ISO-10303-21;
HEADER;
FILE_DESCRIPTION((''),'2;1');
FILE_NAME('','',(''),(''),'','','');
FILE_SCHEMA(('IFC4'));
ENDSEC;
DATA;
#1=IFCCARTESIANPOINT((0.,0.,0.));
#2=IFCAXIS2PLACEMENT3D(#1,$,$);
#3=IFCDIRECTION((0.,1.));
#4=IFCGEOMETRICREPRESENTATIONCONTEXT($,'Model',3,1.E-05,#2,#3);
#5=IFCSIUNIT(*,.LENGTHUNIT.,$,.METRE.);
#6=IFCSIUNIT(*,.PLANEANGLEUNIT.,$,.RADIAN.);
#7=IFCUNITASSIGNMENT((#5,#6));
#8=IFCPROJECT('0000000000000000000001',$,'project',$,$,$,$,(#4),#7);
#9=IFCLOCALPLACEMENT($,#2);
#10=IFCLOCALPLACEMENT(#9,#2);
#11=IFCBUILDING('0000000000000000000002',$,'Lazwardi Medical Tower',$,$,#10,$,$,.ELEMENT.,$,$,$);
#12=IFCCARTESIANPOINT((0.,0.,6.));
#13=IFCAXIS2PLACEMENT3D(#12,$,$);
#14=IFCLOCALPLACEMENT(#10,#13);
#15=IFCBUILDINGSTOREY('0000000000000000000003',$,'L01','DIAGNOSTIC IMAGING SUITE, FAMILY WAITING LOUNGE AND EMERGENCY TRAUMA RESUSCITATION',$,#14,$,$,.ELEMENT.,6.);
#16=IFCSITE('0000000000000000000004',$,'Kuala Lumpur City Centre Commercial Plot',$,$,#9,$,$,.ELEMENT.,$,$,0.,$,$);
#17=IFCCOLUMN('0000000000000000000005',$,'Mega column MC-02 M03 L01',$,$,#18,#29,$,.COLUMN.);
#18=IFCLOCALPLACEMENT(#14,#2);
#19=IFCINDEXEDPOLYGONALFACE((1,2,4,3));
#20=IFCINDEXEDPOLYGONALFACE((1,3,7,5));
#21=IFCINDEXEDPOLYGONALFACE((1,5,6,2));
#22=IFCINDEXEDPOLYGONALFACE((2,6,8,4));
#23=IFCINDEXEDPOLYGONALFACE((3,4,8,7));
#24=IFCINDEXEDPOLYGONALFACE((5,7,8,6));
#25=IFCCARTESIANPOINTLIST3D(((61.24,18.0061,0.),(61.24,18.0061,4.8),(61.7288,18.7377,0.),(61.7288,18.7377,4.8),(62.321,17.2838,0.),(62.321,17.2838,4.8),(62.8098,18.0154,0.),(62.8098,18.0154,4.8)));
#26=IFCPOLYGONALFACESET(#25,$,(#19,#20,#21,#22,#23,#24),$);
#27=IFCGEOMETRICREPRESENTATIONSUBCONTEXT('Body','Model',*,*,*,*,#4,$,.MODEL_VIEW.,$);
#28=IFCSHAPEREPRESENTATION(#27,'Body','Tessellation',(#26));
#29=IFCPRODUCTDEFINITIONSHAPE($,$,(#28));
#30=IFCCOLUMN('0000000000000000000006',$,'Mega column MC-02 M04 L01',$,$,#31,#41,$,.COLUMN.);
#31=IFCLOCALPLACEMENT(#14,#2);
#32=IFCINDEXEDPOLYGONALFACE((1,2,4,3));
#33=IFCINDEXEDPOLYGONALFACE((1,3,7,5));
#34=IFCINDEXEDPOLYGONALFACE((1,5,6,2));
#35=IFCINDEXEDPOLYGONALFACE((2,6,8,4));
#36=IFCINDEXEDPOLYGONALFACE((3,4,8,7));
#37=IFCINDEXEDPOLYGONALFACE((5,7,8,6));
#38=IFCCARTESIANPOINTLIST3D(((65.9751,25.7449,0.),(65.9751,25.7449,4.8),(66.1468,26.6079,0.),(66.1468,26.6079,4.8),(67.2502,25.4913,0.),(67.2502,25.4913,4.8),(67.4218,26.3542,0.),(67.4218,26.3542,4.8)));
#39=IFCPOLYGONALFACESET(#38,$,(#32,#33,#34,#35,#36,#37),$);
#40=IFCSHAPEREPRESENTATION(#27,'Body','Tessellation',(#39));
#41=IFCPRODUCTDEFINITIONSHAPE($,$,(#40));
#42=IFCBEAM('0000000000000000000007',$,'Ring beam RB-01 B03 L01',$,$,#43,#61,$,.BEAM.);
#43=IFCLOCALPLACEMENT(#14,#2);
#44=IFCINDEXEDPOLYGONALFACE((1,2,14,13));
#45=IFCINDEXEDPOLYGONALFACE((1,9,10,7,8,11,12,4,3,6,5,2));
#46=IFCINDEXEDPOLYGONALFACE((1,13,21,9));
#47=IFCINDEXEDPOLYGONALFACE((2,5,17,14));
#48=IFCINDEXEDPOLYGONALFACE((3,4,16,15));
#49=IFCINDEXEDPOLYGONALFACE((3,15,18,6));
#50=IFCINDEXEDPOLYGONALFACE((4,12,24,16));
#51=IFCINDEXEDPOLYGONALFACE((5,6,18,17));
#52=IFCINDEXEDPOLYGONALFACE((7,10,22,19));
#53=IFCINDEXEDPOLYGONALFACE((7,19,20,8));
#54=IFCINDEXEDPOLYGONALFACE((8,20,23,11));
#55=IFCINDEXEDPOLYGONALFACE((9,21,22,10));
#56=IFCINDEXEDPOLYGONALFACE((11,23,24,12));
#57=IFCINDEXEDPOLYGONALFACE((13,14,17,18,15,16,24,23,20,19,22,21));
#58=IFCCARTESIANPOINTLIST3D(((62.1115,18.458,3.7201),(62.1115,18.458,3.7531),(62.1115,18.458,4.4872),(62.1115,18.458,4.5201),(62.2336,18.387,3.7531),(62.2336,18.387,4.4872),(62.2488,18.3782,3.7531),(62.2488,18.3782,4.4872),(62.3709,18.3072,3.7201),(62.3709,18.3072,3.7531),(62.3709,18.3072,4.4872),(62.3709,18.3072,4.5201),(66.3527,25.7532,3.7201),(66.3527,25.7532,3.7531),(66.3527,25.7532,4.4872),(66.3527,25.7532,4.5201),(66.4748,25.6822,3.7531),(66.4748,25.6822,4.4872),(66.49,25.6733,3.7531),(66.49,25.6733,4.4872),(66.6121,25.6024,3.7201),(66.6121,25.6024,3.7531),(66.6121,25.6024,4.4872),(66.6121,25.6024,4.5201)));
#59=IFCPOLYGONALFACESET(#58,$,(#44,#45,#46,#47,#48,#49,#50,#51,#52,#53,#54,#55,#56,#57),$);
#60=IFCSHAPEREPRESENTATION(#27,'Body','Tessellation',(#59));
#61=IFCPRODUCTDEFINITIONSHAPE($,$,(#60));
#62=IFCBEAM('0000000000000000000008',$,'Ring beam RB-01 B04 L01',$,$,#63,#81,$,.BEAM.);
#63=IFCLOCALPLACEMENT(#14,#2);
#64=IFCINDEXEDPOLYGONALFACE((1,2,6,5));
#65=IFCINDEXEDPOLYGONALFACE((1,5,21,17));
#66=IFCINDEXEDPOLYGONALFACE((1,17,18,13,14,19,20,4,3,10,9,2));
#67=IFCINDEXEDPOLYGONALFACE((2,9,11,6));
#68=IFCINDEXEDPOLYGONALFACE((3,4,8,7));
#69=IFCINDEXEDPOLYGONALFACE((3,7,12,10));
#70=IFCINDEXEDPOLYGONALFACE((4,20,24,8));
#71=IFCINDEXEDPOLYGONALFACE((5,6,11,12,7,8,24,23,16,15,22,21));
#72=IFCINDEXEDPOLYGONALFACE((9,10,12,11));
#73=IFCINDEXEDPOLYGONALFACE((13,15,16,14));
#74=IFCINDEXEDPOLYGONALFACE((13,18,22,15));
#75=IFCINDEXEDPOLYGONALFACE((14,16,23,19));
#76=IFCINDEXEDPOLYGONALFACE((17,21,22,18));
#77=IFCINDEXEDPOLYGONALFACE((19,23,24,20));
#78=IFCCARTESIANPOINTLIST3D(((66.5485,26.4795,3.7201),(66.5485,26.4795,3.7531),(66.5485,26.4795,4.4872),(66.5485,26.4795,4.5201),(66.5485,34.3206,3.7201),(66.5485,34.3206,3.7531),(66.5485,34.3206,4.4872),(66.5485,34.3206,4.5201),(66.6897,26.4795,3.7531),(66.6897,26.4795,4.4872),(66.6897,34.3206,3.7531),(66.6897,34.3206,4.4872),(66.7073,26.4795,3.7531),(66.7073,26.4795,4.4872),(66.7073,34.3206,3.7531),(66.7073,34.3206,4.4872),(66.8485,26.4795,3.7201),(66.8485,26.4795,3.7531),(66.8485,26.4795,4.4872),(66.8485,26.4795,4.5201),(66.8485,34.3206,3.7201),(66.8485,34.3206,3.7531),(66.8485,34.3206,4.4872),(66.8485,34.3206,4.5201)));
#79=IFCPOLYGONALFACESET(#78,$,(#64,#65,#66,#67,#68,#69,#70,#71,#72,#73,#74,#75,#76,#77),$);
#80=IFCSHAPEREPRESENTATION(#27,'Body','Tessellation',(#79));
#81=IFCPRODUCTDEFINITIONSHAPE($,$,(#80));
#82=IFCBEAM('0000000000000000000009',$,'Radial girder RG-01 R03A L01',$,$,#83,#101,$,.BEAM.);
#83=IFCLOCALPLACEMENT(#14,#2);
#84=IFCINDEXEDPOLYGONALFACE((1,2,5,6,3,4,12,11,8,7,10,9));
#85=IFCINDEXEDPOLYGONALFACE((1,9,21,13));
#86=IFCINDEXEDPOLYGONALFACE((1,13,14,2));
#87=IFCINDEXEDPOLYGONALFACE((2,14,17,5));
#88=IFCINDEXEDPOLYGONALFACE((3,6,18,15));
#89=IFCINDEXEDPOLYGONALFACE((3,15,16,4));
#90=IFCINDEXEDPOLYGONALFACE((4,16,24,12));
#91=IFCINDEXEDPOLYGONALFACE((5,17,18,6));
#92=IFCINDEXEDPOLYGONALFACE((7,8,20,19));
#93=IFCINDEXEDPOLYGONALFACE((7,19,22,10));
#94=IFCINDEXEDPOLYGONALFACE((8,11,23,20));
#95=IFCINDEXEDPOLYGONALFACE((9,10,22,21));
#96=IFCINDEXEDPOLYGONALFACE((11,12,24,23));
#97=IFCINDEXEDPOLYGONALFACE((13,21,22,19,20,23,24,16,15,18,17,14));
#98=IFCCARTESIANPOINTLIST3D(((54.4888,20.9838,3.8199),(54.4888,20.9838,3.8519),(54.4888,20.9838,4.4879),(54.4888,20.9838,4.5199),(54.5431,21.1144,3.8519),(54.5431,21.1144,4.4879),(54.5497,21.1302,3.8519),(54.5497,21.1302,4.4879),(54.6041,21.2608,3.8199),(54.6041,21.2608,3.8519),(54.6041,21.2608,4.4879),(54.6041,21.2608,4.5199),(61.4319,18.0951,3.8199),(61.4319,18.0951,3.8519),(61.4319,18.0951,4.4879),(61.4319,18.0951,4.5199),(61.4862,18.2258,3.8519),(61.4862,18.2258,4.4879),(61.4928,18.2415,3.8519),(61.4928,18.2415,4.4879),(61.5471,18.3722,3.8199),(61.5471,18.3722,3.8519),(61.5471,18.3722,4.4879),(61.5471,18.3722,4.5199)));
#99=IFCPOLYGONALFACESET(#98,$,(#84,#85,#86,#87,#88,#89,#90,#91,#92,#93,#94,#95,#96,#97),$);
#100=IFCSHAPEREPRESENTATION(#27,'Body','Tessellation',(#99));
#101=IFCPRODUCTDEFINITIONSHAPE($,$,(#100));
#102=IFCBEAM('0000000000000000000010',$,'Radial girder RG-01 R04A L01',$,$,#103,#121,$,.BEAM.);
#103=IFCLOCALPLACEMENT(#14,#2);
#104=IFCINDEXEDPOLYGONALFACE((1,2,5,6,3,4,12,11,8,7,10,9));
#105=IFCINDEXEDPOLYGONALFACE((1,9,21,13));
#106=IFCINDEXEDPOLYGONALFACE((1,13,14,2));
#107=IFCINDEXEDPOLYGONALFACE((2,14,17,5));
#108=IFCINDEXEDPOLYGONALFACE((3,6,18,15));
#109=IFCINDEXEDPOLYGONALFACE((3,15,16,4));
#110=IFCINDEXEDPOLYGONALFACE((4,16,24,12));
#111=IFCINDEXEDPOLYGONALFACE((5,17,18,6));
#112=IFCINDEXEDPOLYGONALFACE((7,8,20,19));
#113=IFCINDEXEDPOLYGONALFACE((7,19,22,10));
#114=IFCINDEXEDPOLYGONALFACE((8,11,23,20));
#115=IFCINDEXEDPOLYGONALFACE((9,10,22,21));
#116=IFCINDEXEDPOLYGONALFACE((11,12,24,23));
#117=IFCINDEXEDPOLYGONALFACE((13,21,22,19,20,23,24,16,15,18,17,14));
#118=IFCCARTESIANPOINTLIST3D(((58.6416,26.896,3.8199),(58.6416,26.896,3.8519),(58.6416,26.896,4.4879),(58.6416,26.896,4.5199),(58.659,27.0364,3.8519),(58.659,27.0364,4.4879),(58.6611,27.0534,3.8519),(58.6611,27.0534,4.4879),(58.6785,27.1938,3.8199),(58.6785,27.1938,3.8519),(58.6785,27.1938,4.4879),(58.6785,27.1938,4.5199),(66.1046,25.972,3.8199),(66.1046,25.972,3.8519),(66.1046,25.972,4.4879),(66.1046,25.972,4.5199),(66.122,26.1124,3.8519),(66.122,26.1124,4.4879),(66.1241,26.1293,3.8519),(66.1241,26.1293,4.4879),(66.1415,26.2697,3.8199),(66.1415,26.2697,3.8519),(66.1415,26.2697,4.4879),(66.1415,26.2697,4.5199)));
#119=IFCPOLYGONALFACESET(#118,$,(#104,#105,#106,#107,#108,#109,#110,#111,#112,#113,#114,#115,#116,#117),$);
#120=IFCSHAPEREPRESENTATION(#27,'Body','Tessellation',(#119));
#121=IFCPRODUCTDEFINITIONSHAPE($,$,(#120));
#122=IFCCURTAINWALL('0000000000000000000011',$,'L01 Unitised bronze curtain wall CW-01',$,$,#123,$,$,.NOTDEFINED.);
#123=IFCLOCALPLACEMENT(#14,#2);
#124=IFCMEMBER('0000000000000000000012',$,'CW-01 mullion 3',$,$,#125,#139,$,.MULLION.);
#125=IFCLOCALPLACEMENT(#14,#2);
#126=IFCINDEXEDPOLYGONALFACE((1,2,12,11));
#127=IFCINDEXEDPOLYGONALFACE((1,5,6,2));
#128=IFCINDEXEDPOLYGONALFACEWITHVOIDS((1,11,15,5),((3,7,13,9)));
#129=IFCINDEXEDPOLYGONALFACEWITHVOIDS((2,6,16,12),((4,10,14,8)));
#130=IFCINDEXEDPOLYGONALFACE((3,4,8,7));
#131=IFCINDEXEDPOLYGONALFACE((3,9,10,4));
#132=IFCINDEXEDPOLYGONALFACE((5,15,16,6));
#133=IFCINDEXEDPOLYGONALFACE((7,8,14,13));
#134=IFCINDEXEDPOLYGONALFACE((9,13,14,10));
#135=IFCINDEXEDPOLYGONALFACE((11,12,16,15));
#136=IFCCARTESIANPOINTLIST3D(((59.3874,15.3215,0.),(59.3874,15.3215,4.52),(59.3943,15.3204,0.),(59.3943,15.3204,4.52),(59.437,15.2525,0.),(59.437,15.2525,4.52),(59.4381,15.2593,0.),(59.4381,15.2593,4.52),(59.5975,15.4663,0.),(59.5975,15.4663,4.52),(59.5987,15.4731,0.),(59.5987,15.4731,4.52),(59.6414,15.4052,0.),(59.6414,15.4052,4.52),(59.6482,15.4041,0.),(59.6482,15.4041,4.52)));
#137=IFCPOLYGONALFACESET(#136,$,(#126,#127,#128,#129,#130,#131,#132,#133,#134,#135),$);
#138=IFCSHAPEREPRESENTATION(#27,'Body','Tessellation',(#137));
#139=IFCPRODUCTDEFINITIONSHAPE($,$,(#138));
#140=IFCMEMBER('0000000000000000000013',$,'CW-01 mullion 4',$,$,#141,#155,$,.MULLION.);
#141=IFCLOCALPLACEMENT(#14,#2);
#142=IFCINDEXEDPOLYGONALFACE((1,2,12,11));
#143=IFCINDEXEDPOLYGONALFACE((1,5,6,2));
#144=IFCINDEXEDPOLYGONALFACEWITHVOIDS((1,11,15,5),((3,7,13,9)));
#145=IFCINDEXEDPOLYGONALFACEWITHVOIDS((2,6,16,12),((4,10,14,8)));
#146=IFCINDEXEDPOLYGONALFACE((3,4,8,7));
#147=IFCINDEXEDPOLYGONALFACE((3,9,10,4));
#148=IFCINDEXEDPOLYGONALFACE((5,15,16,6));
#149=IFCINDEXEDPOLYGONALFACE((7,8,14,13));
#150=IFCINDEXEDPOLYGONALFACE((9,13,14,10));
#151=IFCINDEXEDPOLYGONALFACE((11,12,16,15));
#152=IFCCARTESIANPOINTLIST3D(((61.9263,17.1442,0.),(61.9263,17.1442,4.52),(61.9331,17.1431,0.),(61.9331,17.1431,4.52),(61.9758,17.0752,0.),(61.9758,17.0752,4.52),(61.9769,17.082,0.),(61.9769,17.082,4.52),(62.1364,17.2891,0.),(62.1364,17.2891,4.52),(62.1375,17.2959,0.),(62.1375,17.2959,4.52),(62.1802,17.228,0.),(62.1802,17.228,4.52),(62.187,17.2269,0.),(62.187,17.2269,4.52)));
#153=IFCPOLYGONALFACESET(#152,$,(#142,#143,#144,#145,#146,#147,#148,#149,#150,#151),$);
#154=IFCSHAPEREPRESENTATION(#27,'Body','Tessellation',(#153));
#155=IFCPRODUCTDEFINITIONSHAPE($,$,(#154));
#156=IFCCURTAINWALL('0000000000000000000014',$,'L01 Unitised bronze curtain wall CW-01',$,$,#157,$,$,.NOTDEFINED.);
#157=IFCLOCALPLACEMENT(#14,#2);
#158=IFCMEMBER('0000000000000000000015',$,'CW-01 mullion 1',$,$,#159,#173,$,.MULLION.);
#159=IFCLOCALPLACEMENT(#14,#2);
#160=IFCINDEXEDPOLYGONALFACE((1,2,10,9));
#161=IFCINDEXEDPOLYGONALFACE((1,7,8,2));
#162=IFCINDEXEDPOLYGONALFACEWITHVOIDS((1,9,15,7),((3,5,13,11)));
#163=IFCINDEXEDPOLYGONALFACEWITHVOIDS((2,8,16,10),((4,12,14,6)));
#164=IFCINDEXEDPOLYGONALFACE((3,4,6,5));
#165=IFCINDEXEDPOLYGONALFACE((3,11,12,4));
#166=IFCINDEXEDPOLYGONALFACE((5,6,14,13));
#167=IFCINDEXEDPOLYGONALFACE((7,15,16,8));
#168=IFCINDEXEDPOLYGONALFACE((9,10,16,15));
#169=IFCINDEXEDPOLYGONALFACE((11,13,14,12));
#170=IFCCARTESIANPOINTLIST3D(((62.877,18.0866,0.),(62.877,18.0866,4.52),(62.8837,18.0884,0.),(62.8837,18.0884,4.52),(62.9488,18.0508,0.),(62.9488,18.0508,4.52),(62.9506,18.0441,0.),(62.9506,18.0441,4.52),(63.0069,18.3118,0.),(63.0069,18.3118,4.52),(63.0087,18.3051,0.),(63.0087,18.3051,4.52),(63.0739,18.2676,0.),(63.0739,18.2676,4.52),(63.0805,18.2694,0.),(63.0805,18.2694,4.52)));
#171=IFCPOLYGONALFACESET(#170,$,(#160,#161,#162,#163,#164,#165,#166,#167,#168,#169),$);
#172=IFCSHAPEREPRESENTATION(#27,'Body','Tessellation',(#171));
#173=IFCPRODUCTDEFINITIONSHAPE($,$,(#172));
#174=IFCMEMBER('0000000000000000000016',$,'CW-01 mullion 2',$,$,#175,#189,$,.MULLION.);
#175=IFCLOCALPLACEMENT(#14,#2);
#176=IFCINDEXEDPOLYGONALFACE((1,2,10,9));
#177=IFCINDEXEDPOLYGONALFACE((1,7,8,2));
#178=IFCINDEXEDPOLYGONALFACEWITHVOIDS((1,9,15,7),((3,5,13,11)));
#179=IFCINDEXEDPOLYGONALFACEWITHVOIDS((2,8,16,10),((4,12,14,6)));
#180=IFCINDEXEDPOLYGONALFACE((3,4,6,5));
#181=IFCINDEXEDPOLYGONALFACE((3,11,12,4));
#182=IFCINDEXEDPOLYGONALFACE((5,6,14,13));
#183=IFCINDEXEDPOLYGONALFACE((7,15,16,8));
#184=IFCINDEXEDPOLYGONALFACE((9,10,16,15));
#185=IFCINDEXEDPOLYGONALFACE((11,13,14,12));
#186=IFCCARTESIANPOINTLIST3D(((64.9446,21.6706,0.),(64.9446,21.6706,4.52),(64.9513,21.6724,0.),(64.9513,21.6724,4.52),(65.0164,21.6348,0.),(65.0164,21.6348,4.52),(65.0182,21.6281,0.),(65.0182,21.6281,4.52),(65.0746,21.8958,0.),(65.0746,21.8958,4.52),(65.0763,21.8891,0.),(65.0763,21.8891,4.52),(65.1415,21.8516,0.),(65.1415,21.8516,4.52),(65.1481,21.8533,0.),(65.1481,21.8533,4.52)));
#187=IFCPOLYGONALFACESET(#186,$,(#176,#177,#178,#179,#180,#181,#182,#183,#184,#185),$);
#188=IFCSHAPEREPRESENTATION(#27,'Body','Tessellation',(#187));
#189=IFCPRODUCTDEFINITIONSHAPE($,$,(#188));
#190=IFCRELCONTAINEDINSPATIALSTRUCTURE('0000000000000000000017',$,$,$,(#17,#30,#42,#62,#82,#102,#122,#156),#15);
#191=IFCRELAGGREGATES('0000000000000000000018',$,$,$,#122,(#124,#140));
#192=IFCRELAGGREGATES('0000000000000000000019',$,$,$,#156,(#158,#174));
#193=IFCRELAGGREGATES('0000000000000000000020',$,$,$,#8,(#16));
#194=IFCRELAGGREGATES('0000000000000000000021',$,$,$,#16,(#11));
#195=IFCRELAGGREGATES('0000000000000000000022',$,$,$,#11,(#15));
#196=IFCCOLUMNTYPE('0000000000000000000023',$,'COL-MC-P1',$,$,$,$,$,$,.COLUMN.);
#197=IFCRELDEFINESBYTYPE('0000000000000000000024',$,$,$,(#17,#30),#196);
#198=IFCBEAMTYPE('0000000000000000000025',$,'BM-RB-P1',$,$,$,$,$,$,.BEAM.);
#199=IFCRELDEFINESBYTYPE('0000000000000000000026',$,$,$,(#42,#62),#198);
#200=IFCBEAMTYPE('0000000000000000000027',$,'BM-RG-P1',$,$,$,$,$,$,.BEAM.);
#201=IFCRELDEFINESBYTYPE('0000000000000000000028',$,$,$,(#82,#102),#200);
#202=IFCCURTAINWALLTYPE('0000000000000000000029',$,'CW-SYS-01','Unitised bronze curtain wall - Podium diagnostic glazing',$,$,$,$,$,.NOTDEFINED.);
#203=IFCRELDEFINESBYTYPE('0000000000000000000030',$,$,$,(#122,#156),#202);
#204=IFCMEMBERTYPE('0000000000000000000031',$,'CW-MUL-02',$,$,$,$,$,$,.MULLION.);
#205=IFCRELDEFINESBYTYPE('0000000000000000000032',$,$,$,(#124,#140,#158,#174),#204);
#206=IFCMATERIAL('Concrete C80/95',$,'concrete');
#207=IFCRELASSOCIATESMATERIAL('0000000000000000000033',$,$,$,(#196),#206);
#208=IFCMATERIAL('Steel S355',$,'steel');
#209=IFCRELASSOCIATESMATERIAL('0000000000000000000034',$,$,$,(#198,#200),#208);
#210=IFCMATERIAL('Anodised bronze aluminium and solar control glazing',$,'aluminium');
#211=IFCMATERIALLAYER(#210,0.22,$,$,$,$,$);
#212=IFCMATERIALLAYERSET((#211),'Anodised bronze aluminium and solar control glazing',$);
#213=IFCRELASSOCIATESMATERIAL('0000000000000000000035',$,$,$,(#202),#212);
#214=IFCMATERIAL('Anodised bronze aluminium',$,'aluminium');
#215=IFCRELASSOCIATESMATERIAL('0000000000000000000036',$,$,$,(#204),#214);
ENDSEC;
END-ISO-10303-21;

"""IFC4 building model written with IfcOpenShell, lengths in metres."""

from ifc_helpers import new_model, si_unit, direction, frame, origin, origin_2d, place, context, subcontext, project, spatial, rectangle, hollow_rectangle, i_section, extrude, material, layer, layer_set, material_profile, profile_set, type_object, element, aggregate, save


model = new_model("IFC4")

# Units and contexts
model_context = context("Model", 3, precision=1e-05, world=origin(), true_north=direction((0.0, 1.0)))
body_context = subcontext(model_context, "Body", "Model", "MODEL_VIEW")
ifc_project = project(units=[si_unit("LENGTHUNIT", "METRE"), si_unit("PLANEANGLEUNIT", "RADIAN")], contexts=[model_context])

# Site, building, storey
site_placement = place(None, origin())
site = spatial("IfcSite", under=ifc_project, at=site_placement, Name="Kuala Lumpur City Centre Commercial Plot", CompositionType="ELEMENT", RefElevation=0.0)
building_placement = place(site_placement, origin())
building = spatial("IfcBuilding", under=site, at=building_placement, Name="Lazwardi Medical Tower", CompositionType="ELEMENT")
storey_placement = place(building_placement, frame((0.0, 0.0, 6.0)))
storey = spatial("IfcBuildingStorey", under=building, at=storey_placement, Name="L01", Description="DIAGNOSTIC IMAGING SUITE, FAMILY WAITING LOUNGE AND EMERGENCY TRAUMA RESUSCITATION", CompositionType="ELEMENT", Elevation=6.0)

# Columns
ifc_material_1 = material(Name="Concrete C80/95", Category="concrete")
ifc_material_profile_1 = material_profile(ifc_material_1, rectangle(XDim=1.3, YDim=0.8799, at=origin_2d()), Name="CFT-RECT 1300x880")
ifc_profile_set_1 = profile_set([ifc_material_profile_1], Name="Concrete C80/95")
column_type = type_object("IfcColumnType", Name="COL-MC-P1", PredefinedType="COLUMN", material=ifc_profile_set_1)
for number, where, z_axis, x_axis, name in (
    (1, (62.0249, 18.0107, 0.0), (0.0, 0.0, 1.0), (0.83147, -0.55557, 0.0), "Mega column MC-02 M03 L01"),
    (2, (66.6985, 26.0496, 0.0), (0.0, 0.0, 1.0), (0.980785, -0.19509, 0.0), "Mega column MC-02 M04 L01"),
):
    element("IfcColumn", number, at=place(storey_placement, frame(where, z_axis=z_axis, x_axis=x_axis)), inside=storey, type_object=column_type, Name=name, PredefinedType="COLUMN", context=body_context, shape_type="SweptSolid", body=[
        extrude(rectangle(XDim=1.3, YDim=0.8799, at=origin_2d()), origin(), (0.0, 0.0, 1.0), 4.8),
    ])

# Beams
ifc_material_2 = material(Name="Steel S355", Category="steel")
ifc_material_profile_2 = material_profile(ifc_material_2, i_section(OverallWidth=0.3, OverallDepth=0.8, WebThickness=0.0176, FlangeThickness=0.033, at=origin_2d()), Name="HEB 800")
ifc_profile_set_2 = profile_set([ifc_material_profile_2], Name="Steel S355")
beam_type_1 = type_object("IfcBeamType", Name="BM-RB-P1", PredefinedType="BEAM", material=ifc_profile_set_2)
beam_1_placement = place(storey_placement, frame((62.2412, 18.3826, 4.1201), z_axis=(0.502606, 0.864516, 0.0), x_axis=(-0.864516, 0.502606, 0.0)))
element("IfcBeam", 3, at=beam_1_placement, inside=storey, type_object=beam_type_1, Name="Ring beam RB-01 B03 L01", PredefinedType="BEAM", context=body_context, shape_type="SweptSolid", body=[
    extrude(i_section(OverallWidth=0.3, OverallDepth=0.8, WebThickness=0.0176, FlangeThickness=0.033, at=origin_2d()), origin(), (0.0, 0.0, 1.0), 8.4385),
])
beam_2_placement = place(storey_placement, frame((66.6985, 26.4795, 4.1201), z_axis=(0.0, 1.0, 0.0), x_axis=(-1.0, 0.0, 0.0)))
element("IfcBeam", 4, at=beam_2_placement, inside=storey, type_object=beam_type_1, Name="Ring beam RB-01 B04 L01", PredefinedType="BEAM", context=body_context, shape_type="SweptSolid", body=[
    extrude(i_section(OverallWidth=0.3, OverallDepth=0.8, WebThickness=0.0176, FlangeThickness=0.033, at=origin_2d()), origin(), (0.0, 0.0, 1.0), 7.8411),
])
ifc_material_profile_3 = material_profile(ifc_material_2, i_section(OverallWidth=0.3, OverallDepth=0.7, WebThickness=0.0171, FlangeThickness=0.032, at=origin_2d()), Name="HEB 700")
ifc_profile_set_3 = profile_set([ifc_material_profile_3], Name="Steel S355")
beam_type_2 = type_object("IfcBeamType", Name="BM-RG-P1", PredefinedType="BEAM", material=ifc_profile_set_3)
for number, where, z_axis, x_axis, name in (
    (5, (61.4895, 18.2336, 4.1699), (-0.923279, 0.384129, 0.0), (-0.384129, -0.923279, 0.0), "Radial girder RG-01 R03A L01"),
    (6, (66.123, 26.1208, 4.1699), (-0.992422, 0.12288, 0.0), (-0.12288, -0.992422, 0.0), "Radial girder RG-01 R04A L01"),
):
    element("IfcBeam", number, at=place(storey_placement, frame(where, z_axis=z_axis, x_axis=x_axis)), inside=storey, type_object=beam_type_2, Name=name, PredefinedType="BEAM", context=body_context, shape_type="SweptSolid", body=[
        extrude(i_section(OverallWidth=0.3, OverallDepth=0.7, WebThickness=0.0171, FlangeThickness=0.032, at=origin_2d()), origin(), (0.0, 0.0, 1.0), 7.52),
    ])

# Curtain walls, members
ifc_material_3 = material(Name="Anodised bronze aluminium and solar control glazing", Category="aluminium")
ifc_layer_1 = layer(ifc_material_3, 0.22)
ifc_layer_set_1 = layer_set([ifc_layer_1], Name="Anodised bronze aluminium and solar control glazing")
curtain_wall_type = type_object("IfcCurtainWallType", Name="CW-SYS-01", Description="Unitised bronze curtain wall - Podium diagnostic glazing", PredefinedType="NOTDEFINED", material=ifc_layer_set_1)
curtain_wall_1_placement = place(storey_placement, origin())
curtain_wall_1 = element("IfcCurtainWall", 7, at=curtain_wall_1_placement, inside=storey, type_object=curtain_wall_type, Name="L01 Unitised bronze curtain wall CW-01", PredefinedType="NOTDEFINED")
ifc_material_4 = material(Name="Anodised bronze aluminium", Category="aluminium")
ifc_material_profile_4 = material_profile(ifc_material_4, hollow_rectangle(XDim=0.085, YDim=0.26, WallThickness=0.0049, at=origin_2d()), Name="ALU-MULLION 260x85x5")
ifc_profile_set_4 = profile_set([ifc_material_profile_4], Name="Anodised bronze aluminium")
member_type_1 = type_object("IfcMemberType", Name="CW-MUL-02", PredefinedType="MULLION", material=ifc_profile_set_4)
member_1_placement = place(storey_placement, frame((59.5178, 15.3628, 0.0), z_axis=(0.0, 0.0, 1.0), x_axis=(-0.583214, 0.812318, 0.0)))
member_1 = element("IfcMember", 8, at=member_1_placement, type_object=member_type_1, Name="CW-01 mullion 3", PredefinedType="MULLION", context=body_context, shape_type="SweptSolid", body=[
    extrude(hollow_rectangle(XDim=0.085, YDim=0.26, WallThickness=0.0049, at=origin_2d()), origin(), (0.0, 0.0, 1.0), 4.52),
])
member_2_placement = place(storey_placement, frame((62.0566, 17.1855, 0.0), z_axis=(0.0, 0.0, 1.0), x_axis=(-0.583214, 0.812318, 0.0)))
member_2 = element("IfcMember", 9, at=member_2_placement, type_object=member_type_1, Name="CW-01 mullion 4", PredefinedType="MULLION", context=body_context, shape_type="SweptSolid", body=[
    extrude(hollow_rectangle(XDim=0.085, YDim=0.26, WallThickness=0.0049, at=origin_2d()), origin(), (0.0, 0.0, 1.0), 4.52),
])
curtain_wall_2_placement = place(storey_placement, origin())
curtain_wall_2 = element("IfcCurtainWall", 10, at=curtain_wall_2_placement, inside=storey, type_object=curtain_wall_type, Name="L01 Unitised bronze curtain wall CW-01", PredefinedType="NOTDEFINED")
member_3_placement = place(storey_placement, frame((62.9788, 18.178, 0.0), z_axis=(0.0, 0.0, 1.0), x_axis=(-0.866181, 0.499731, 0.0)))
member_3 = element("IfcMember", 11, at=member_3_placement, type_object=member_type_1, Name="CW-01 mullion 1", PredefinedType="MULLION", context=body_context, shape_type="SweptSolid", body=[
    extrude(hollow_rectangle(XDim=0.085, YDim=0.26, WallThickness=0.0049, at=origin_2d()), origin(), (0.0, 0.0, 1.0), 4.52),
])
member_4_placement = place(storey_placement, frame((65.0464, 21.762, 0.0), z_axis=(0.0, 0.0, 1.0), x_axis=(-0.866181, 0.499731, 0.0)))
member_4 = element("IfcMember", 12, at=member_4_placement, type_object=member_type_1, Name="CW-01 mullion 2", PredefinedType="MULLION", context=body_context, shape_type="SweptSolid", body=[
    extrude(hollow_rectangle(XDim=0.085, YDim=0.26, WallThickness=0.0049, at=origin_2d()), origin(), (0.0, 0.0, 1.0), 4.52),
])

aggregate(curtain_wall_1, [member_1, member_2])
aggregate(curtain_wall_2, [member_3, member_4])

save(model, "model.ifc")
